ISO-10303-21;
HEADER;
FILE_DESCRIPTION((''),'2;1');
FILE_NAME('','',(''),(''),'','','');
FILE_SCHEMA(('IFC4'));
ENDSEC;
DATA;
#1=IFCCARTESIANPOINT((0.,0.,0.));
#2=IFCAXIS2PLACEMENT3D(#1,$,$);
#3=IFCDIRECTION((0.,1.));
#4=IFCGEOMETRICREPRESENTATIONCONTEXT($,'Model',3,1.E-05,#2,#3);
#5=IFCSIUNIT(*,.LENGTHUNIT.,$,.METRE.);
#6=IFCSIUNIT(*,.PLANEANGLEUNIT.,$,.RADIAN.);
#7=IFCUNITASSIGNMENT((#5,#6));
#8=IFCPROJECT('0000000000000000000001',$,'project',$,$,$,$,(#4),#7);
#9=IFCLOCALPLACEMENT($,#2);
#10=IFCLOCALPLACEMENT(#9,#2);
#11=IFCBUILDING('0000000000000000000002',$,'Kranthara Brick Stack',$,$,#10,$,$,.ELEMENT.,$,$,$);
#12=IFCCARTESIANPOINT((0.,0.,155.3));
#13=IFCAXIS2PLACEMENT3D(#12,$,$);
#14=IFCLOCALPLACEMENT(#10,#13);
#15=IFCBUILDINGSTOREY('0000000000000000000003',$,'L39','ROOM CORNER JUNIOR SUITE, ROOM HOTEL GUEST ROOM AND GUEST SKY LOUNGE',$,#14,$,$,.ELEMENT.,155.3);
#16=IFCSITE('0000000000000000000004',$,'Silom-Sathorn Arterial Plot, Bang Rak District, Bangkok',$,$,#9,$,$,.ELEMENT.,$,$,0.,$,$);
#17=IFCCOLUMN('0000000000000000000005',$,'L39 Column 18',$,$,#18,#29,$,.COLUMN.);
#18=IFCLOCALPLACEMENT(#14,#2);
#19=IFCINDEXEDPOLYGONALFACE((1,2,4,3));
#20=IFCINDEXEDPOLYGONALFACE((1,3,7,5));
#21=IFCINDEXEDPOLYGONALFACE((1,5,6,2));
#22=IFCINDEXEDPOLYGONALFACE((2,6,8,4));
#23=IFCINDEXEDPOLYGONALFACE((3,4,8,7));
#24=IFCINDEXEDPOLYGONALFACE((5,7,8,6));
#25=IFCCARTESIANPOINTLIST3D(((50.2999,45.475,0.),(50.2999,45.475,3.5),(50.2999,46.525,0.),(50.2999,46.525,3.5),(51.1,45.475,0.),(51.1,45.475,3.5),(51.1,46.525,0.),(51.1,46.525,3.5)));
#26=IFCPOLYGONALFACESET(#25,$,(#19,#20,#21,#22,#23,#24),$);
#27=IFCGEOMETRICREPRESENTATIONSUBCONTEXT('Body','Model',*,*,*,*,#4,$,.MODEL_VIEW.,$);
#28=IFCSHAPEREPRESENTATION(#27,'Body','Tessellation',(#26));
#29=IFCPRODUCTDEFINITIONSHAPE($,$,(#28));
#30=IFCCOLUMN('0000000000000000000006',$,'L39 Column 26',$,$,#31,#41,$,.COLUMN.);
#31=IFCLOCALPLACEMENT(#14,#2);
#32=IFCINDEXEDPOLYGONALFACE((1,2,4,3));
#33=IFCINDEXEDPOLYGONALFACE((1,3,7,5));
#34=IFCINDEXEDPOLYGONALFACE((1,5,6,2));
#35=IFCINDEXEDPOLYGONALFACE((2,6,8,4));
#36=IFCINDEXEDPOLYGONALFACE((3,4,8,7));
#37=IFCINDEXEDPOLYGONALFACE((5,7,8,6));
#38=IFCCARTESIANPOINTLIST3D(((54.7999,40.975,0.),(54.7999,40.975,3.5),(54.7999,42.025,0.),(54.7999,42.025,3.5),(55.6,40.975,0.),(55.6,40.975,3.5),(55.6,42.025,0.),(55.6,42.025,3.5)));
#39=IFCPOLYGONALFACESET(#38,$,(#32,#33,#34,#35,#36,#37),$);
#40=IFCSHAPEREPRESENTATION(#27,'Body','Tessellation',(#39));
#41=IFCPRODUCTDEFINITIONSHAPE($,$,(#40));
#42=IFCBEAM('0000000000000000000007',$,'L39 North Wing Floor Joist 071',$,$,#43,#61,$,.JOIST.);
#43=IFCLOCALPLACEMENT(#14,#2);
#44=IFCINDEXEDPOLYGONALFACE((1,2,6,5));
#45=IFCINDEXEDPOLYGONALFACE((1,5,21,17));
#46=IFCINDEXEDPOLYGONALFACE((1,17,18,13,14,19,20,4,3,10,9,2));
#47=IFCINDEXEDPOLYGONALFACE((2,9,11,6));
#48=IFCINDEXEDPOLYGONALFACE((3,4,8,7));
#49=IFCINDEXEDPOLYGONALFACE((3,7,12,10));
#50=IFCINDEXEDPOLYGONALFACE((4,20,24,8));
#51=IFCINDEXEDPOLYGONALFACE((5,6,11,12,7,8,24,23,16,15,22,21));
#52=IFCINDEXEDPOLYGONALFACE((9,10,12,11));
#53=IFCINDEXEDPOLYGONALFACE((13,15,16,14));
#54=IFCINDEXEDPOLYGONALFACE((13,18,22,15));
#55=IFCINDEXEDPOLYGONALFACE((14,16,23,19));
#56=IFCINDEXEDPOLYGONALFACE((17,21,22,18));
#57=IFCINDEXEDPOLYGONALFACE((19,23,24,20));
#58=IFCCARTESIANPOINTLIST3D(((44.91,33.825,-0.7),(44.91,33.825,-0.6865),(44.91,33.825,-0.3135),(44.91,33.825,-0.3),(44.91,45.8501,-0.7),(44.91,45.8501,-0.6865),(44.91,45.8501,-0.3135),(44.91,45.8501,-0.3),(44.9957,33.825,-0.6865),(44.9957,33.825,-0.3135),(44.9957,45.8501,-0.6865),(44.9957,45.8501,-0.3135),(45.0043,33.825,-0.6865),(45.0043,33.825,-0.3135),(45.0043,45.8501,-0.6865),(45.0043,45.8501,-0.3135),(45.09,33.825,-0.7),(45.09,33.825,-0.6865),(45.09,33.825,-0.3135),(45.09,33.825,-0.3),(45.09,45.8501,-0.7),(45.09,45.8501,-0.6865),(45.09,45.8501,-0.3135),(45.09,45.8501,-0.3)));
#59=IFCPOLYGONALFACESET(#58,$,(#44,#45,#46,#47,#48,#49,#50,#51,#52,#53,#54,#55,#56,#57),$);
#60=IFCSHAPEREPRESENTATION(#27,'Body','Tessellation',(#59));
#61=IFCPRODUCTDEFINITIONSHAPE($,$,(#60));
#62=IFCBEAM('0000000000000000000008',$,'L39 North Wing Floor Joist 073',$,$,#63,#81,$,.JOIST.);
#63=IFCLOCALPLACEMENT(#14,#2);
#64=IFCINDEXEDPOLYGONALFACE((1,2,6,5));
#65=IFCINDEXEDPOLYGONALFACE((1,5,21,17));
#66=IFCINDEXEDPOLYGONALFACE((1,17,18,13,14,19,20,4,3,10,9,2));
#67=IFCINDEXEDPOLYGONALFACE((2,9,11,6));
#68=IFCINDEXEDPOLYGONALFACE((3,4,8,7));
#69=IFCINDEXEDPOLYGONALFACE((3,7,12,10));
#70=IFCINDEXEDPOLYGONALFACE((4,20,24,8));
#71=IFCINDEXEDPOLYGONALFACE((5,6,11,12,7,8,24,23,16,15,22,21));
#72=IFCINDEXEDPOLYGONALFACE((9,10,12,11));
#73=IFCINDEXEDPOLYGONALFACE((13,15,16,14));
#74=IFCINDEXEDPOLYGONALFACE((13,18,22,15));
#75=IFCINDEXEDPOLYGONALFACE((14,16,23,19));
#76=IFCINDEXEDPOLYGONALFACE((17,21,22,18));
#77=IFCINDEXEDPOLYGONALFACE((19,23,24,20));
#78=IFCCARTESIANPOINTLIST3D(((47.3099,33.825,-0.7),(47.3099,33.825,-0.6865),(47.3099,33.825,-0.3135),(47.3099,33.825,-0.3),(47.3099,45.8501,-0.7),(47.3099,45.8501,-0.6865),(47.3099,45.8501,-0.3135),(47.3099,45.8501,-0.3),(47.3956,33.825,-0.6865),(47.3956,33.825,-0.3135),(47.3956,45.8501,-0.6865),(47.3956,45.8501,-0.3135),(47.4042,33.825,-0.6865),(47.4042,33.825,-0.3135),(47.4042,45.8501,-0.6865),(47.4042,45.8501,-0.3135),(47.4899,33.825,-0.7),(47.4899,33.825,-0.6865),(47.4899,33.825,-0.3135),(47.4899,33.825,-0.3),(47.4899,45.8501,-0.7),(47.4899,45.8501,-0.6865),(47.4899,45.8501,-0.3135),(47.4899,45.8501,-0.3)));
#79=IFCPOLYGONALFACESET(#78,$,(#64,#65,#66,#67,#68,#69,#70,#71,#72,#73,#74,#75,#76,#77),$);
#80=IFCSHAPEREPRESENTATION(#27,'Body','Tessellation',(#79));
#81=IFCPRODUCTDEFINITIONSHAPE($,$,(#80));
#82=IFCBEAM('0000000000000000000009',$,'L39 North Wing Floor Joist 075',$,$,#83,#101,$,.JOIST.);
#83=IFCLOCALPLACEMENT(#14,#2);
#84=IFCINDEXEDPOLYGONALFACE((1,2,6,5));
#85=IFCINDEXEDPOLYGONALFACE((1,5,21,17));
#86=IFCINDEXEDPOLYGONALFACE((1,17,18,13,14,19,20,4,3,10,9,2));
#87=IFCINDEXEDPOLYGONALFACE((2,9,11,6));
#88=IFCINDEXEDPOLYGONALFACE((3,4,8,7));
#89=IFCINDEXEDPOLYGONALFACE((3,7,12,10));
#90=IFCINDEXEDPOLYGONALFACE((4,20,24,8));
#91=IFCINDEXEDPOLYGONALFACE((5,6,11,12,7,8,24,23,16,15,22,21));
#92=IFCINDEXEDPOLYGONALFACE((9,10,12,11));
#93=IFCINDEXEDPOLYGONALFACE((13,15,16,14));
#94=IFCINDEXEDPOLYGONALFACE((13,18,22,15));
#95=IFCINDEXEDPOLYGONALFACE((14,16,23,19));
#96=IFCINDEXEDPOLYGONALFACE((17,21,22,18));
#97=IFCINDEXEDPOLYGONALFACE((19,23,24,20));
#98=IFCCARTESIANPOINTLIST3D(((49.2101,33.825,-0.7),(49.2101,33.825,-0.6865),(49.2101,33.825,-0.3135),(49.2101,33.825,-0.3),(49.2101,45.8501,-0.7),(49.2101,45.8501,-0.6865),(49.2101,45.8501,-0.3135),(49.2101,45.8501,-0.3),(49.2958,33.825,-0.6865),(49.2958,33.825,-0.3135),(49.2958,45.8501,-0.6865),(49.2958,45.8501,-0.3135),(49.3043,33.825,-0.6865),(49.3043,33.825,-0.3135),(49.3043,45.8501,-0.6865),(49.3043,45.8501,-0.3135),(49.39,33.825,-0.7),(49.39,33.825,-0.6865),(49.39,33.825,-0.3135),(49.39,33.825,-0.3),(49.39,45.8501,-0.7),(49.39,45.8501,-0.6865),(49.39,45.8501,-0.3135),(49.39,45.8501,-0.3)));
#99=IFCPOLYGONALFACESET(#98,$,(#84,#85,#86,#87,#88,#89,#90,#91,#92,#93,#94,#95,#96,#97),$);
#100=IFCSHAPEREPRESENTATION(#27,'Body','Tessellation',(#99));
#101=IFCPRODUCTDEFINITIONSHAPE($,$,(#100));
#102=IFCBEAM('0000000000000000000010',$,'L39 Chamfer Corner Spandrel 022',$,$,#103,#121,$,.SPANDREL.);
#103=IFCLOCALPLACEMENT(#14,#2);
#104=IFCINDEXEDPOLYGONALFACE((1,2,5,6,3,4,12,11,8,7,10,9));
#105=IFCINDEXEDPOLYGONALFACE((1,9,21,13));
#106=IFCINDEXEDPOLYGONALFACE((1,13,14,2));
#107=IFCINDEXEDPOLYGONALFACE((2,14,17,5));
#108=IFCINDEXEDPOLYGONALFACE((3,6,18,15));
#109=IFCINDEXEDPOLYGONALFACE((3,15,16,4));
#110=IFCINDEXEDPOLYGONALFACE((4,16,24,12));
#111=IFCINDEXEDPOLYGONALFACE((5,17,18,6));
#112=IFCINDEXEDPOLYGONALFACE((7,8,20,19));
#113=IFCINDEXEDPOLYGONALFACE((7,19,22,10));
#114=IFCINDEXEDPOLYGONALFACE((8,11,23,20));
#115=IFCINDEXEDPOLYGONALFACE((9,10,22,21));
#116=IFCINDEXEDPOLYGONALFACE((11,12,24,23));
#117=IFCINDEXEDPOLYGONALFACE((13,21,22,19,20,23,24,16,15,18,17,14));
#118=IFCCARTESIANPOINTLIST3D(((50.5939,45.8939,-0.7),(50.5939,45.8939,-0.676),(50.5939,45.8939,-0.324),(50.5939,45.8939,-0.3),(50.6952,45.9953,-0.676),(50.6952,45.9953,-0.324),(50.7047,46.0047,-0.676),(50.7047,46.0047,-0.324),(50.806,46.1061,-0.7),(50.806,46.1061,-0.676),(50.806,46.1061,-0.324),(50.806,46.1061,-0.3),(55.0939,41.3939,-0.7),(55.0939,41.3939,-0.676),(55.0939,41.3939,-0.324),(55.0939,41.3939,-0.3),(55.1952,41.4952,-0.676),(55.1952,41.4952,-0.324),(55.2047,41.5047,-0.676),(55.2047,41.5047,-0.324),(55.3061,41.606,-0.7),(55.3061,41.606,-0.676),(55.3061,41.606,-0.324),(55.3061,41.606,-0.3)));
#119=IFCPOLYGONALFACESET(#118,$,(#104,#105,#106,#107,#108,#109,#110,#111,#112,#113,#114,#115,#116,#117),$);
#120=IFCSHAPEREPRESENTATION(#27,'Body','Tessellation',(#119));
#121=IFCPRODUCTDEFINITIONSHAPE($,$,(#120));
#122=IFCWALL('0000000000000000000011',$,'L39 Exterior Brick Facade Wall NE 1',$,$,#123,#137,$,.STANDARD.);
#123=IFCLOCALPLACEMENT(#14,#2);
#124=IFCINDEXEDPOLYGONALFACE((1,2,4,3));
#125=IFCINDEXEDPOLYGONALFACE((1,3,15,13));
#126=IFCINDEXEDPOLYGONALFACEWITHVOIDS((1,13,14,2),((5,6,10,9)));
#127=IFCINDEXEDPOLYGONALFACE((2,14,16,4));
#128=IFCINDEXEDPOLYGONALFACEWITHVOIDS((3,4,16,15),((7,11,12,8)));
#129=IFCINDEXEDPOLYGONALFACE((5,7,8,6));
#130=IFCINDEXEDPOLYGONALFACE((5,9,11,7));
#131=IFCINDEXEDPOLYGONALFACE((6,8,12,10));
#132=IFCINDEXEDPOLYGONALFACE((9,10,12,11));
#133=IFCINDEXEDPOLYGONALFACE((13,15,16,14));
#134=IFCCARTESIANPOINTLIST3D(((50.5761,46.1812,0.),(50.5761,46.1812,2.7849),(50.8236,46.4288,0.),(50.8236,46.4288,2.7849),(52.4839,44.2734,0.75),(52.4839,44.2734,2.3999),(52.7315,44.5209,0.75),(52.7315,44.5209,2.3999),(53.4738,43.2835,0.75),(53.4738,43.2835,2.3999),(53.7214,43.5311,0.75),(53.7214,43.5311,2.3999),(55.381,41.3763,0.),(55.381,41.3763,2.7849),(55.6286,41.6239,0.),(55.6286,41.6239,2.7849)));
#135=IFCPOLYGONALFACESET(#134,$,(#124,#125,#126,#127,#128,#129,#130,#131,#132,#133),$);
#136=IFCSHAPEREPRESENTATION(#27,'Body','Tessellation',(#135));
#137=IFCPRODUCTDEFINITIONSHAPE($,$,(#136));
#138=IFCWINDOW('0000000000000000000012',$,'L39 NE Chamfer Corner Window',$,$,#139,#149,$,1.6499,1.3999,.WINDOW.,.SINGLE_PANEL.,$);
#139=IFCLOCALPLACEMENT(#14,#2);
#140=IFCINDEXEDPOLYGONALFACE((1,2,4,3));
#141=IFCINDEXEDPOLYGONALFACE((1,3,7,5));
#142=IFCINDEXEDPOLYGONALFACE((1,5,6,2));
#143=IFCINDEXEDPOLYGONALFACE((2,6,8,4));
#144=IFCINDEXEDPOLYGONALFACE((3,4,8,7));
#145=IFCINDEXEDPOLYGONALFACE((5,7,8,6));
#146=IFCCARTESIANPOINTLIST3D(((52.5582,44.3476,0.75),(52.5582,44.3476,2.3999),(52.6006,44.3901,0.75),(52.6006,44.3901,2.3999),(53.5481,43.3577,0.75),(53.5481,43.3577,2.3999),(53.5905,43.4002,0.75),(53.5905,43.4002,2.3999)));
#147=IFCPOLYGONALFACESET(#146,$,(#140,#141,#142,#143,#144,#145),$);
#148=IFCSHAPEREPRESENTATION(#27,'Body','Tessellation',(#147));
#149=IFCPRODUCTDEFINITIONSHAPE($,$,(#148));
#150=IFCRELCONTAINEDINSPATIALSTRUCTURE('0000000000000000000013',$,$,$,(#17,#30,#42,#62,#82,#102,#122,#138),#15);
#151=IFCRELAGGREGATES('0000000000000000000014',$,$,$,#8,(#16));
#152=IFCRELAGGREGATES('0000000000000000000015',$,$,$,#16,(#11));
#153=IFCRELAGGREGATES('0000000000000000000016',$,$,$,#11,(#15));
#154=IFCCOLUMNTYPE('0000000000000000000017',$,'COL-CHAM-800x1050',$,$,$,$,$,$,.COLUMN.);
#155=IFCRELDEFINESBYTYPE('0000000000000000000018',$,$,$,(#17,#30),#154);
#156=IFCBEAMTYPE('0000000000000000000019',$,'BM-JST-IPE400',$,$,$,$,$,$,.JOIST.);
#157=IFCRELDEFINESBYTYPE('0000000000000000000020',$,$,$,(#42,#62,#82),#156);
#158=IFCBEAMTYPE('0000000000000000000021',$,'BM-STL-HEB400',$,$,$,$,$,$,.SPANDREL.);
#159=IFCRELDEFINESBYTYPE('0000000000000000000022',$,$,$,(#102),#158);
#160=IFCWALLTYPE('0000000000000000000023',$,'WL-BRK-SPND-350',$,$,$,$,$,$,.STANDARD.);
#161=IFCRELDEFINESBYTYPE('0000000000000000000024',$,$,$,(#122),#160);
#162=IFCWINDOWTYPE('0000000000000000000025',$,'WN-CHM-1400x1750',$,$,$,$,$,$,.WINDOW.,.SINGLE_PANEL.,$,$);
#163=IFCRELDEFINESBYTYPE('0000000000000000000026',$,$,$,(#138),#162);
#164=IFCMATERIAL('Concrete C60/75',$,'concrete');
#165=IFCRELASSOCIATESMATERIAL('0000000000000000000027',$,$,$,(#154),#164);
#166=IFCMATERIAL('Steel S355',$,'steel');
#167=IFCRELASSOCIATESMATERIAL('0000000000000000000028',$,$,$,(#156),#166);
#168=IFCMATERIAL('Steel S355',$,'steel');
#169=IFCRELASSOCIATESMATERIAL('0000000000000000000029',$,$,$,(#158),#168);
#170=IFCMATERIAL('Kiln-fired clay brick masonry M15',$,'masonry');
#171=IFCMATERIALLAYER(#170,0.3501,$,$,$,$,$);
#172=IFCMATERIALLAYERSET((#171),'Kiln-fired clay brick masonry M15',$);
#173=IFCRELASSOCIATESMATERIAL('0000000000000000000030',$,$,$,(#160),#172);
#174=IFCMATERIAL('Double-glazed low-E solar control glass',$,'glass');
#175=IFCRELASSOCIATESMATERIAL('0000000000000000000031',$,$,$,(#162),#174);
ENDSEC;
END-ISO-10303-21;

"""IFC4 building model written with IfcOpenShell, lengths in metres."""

from ifc_helpers import new_model, si_unit, direction, frame, frame_2d, origin, origin_2d, place, context, subcontext, project, spatial, rectangle, i_section, extrude, material, layer, layer_set, material_profile, profile_set, type_object, element, fill, save


model = new_model("IFC4")

# Units and contexts
model_context = context("Model", 3, precision=1e-05, world=origin(), true_north=direction((0.0, 1.0)))
body_context = subcontext(model_context, "Body", "Model", "MODEL_VIEW")
ifc_project = project(units=[si_unit("LENGTHUNIT", "METRE"), si_unit("PLANEANGLEUNIT", "RADIAN")], contexts=[model_context])

# Site, building, storey
site_placement = place(None, origin())
site = spatial("IfcSite", under=ifc_project, at=site_placement, Name="Silom-Sathorn Arterial Plot, Bang Rak District, Bangkok", CompositionType="ELEMENT", RefElevation=0.0)
building_placement = place(site_placement, origin())
building = spatial("IfcBuilding", under=site, at=building_placement, Name="Kranthara Brick Stack", CompositionType="ELEMENT")
storey_placement = place(building_placement, frame((0.0, 0.0, 155.3)))
storey = spatial("IfcBuildingStorey", under=building, at=storey_placement, Name="L39", Description="ROOM CORNER JUNIOR SUITE, ROOM HOTEL GUEST ROOM AND GUEST SKY LOUNGE", CompositionType="ELEMENT", Elevation=155.3)

# Columns
ifc_material_1 = material(Name="Concrete C60/75", Category="concrete")
ifc_material_profile_1 = material_profile(ifc_material_1, rectangle(XDim=0.8, YDim=1.05, at=origin_2d()), Name="RC 800x1050")
ifc_profile_set_1 = profile_set([ifc_material_profile_1], Name="Concrete C60/75")
column_type = type_object("IfcColumnType", Name="COL-CHAM-800x1050", PredefinedType="COLUMN", material=ifc_profile_set_1)
for number, where, z_axis, x_axis, name in (
    (1, (50.7, 46.0, 0.0), (0.0, 0.0, 1.0), (1.0, 0.0, 0.0), "L39 Column 18"),
    (2, (55.2, 41.5, 0.0), (0.0, 0.0, 1.0), (1.0, 0.0, 0.0), "L39 Column 26"),
):
    element("IfcColumn", number, at=place(storey_placement, frame(where, z_axis=z_axis, x_axis=x_axis)), inside=storey, type_object=column_type, Name=name, PredefinedType="COLUMN", context=body_context, shape_type="SweptSolid", body=[
        extrude(rectangle(XDim=0.8, YDim=1.05, at=origin_2d()), origin(), (0.0, 0.0, 1.0), 3.5),
    ])

# Beams
ifc_material_2 = material(Name="Steel S355", Category="steel")
ifc_material_profile_2 = material_profile(ifc_material_2, i_section(OverallWidth=0.1799, OverallDepth=0.3999, WebThickness=0.0085, FlangeThickness=0.0134, at=origin_2d()), Name="IPE 400")
ifc_profile_set_2 = profile_set([ifc_material_profile_2], Name="Steel S355")
beam_type_1 = type_object("IfcBeamType", Name="BM-JST-IPE400", PredefinedType="JOIST", material=ifc_profile_set_2)
for number, where, z_axis, x_axis, name in (
    (3, (45.0, 33.825, -0.5), (0.0, 1.0, 0.0), (-1.0, 0.0, 0.0), "L39 North Wing Floor Joist 071"),
    (4, (47.3999, 33.825, -0.5), (0.0, 1.0, 0.0), (-1.0, 0.0, 0.0), "L39 North Wing Floor Joist 073"),
    (5, (49.3, 33.825, -0.5), (0.0, 1.0, 0.0), (-1.0, 0.0, 0.0), "L39 North Wing Floor Joist 075"),
):
    element("IfcBeam", number, at=place(storey_placement, frame(where, z_axis=z_axis, x_axis=x_axis)), inside=storey, type_object=beam_type_1, Name=name, PredefinedType="JOIST", context=body_context, shape_type="SweptSolid", body=[
        extrude(i_section(OverallWidth=0.1799, OverallDepth=0.3999, WebThickness=0.0085, FlangeThickness=0.0134, at=origin_2d()), origin(), (0.0, 0.0, 1.0), 12.0251),
    ])
ifc_material_3 = material(Name="Steel S355", Category="steel")
ifc_material_profile_3 = material_profile(ifc_material_3, i_section(OverallWidth=0.3, OverallDepth=0.3999, WebThickness=0.0134, FlangeThickness=0.0239, at=origin_2d()), Name="HEB 400")
ifc_profile_set_3 = profile_set([ifc_material_profile_3], Name="Steel S355")
beam_type_2 = type_object("IfcBeamType", Name="BM-STL-HEB400", PredefinedType="SPANDREL", material=ifc_profile_set_3)
beam_placement = place(storey_placement, frame((50.7, 46.0, -0.5), z_axis=(0.707107, -0.707107, 0.0), x_axis=(0.707107, 0.707107, 0.0)))
element("IfcBeam", 6, at=beam_placement, inside=storey, type_object=beam_type_2, Name="L39 Chamfer Corner Spandrel 022", PredefinedType="SPANDREL", context=body_context, shape_type="SweptSolid", body=[
    extrude(i_section(OverallWidth=0.3, OverallDepth=0.3999, WebThickness=0.0134, FlangeThickness=0.0239, at=origin_2d()), origin(), (0.0, 0.0, 1.0), 6.364),
])

# Wall, opening, window
ifc_material_4 = material(Name="Kiln-fired clay brick masonry M15", Category="masonry")
ifc_layer_1 = layer(ifc_material_4, 0.3501)
ifc_layer_set_1 = layer_set([ifc_layer_1], Name="Kiln-fired clay brick masonry M15")
wall_type_1 = type_object("IfcWallType", Name="WL-BRK-SPND-350", PredefinedType="STANDARD", material=ifc_layer_set_1)
wall_1_placement = place(storey_placement, frame((50.7, 46.3049, 0.0), z_axis=(0.0, 0.0, 1.0), x_axis=(0.707107, -0.707107, 0.0)))
wall_1 = element("IfcWall", 7, at=wall_1_placement, inside=storey, type_object=wall_type_1, Name="L39 Exterior Brick Facade Wall NE 1", PredefinedType="STANDARD", context=body_context, shape_type="SweptSolid", body=[
    extrude(rectangle(XDim=6.7952, YDim=0.3501, at=frame_2d((3.3975, 0.0))), origin(), (0.0, 0.0, 1.0), 2.7849),
])
opening_1_placement = place(wall_1_placement, frame((2.698, 0.0, 0.75)))
opening_1 = element("IfcOpeningElement", 8, at=opening_1_placement, cuts=wall_1, PredefinedType="OPENING", context=body_context, shape_type="SweptSolid", body=[
    extrude(rectangle(XDim=1.3999, YDim=1.6499, at=frame_2d((0.7, 0.825))), frame((0.0, 0.1851, 0.0), z_axis=(0.0, -1.0, 0.0), x_axis=(1.0, 0.0, 0.0)), (0.0, 0.0, 1.0), 0.3701),
])
ifc_material_5 = material(Name="Double-glazed low-E solar control glass", Category="glass")
window_type_1 = type_object("IfcWindowType", Name="WN-CHM-1400x1750", PartitioningType="SINGLE_PANEL", PredefinedType="WINDOW", material=ifc_material_5)
window_1_placement = place(opening_1_placement, origin())
window_1 = element("IfcWindow", 9, at=window_1_placement, inside=storey, type_object=window_type_1, Name="L39 NE Chamfer Corner Window", OverallHeight=1.6499, OverallWidth=1.3999, PartitioningType="SINGLE_PANEL", PredefinedType="WINDOW", context=body_context, shape_type="SweptSolid", body=[
    extrude(rectangle(XDim=1.3999, YDim=1.6499, at=frame_2d((0.7, 0.825))), frame((0.0, -0.01, 0.0), z_axis=(0.0, -1.0, 0.0), x_axis=(1.0, 0.0, 0.0)), (0.0, 0.0, 1.0), 0.0601),
])
fill(opening_1, window_1)

save(model, "model.ifc")
